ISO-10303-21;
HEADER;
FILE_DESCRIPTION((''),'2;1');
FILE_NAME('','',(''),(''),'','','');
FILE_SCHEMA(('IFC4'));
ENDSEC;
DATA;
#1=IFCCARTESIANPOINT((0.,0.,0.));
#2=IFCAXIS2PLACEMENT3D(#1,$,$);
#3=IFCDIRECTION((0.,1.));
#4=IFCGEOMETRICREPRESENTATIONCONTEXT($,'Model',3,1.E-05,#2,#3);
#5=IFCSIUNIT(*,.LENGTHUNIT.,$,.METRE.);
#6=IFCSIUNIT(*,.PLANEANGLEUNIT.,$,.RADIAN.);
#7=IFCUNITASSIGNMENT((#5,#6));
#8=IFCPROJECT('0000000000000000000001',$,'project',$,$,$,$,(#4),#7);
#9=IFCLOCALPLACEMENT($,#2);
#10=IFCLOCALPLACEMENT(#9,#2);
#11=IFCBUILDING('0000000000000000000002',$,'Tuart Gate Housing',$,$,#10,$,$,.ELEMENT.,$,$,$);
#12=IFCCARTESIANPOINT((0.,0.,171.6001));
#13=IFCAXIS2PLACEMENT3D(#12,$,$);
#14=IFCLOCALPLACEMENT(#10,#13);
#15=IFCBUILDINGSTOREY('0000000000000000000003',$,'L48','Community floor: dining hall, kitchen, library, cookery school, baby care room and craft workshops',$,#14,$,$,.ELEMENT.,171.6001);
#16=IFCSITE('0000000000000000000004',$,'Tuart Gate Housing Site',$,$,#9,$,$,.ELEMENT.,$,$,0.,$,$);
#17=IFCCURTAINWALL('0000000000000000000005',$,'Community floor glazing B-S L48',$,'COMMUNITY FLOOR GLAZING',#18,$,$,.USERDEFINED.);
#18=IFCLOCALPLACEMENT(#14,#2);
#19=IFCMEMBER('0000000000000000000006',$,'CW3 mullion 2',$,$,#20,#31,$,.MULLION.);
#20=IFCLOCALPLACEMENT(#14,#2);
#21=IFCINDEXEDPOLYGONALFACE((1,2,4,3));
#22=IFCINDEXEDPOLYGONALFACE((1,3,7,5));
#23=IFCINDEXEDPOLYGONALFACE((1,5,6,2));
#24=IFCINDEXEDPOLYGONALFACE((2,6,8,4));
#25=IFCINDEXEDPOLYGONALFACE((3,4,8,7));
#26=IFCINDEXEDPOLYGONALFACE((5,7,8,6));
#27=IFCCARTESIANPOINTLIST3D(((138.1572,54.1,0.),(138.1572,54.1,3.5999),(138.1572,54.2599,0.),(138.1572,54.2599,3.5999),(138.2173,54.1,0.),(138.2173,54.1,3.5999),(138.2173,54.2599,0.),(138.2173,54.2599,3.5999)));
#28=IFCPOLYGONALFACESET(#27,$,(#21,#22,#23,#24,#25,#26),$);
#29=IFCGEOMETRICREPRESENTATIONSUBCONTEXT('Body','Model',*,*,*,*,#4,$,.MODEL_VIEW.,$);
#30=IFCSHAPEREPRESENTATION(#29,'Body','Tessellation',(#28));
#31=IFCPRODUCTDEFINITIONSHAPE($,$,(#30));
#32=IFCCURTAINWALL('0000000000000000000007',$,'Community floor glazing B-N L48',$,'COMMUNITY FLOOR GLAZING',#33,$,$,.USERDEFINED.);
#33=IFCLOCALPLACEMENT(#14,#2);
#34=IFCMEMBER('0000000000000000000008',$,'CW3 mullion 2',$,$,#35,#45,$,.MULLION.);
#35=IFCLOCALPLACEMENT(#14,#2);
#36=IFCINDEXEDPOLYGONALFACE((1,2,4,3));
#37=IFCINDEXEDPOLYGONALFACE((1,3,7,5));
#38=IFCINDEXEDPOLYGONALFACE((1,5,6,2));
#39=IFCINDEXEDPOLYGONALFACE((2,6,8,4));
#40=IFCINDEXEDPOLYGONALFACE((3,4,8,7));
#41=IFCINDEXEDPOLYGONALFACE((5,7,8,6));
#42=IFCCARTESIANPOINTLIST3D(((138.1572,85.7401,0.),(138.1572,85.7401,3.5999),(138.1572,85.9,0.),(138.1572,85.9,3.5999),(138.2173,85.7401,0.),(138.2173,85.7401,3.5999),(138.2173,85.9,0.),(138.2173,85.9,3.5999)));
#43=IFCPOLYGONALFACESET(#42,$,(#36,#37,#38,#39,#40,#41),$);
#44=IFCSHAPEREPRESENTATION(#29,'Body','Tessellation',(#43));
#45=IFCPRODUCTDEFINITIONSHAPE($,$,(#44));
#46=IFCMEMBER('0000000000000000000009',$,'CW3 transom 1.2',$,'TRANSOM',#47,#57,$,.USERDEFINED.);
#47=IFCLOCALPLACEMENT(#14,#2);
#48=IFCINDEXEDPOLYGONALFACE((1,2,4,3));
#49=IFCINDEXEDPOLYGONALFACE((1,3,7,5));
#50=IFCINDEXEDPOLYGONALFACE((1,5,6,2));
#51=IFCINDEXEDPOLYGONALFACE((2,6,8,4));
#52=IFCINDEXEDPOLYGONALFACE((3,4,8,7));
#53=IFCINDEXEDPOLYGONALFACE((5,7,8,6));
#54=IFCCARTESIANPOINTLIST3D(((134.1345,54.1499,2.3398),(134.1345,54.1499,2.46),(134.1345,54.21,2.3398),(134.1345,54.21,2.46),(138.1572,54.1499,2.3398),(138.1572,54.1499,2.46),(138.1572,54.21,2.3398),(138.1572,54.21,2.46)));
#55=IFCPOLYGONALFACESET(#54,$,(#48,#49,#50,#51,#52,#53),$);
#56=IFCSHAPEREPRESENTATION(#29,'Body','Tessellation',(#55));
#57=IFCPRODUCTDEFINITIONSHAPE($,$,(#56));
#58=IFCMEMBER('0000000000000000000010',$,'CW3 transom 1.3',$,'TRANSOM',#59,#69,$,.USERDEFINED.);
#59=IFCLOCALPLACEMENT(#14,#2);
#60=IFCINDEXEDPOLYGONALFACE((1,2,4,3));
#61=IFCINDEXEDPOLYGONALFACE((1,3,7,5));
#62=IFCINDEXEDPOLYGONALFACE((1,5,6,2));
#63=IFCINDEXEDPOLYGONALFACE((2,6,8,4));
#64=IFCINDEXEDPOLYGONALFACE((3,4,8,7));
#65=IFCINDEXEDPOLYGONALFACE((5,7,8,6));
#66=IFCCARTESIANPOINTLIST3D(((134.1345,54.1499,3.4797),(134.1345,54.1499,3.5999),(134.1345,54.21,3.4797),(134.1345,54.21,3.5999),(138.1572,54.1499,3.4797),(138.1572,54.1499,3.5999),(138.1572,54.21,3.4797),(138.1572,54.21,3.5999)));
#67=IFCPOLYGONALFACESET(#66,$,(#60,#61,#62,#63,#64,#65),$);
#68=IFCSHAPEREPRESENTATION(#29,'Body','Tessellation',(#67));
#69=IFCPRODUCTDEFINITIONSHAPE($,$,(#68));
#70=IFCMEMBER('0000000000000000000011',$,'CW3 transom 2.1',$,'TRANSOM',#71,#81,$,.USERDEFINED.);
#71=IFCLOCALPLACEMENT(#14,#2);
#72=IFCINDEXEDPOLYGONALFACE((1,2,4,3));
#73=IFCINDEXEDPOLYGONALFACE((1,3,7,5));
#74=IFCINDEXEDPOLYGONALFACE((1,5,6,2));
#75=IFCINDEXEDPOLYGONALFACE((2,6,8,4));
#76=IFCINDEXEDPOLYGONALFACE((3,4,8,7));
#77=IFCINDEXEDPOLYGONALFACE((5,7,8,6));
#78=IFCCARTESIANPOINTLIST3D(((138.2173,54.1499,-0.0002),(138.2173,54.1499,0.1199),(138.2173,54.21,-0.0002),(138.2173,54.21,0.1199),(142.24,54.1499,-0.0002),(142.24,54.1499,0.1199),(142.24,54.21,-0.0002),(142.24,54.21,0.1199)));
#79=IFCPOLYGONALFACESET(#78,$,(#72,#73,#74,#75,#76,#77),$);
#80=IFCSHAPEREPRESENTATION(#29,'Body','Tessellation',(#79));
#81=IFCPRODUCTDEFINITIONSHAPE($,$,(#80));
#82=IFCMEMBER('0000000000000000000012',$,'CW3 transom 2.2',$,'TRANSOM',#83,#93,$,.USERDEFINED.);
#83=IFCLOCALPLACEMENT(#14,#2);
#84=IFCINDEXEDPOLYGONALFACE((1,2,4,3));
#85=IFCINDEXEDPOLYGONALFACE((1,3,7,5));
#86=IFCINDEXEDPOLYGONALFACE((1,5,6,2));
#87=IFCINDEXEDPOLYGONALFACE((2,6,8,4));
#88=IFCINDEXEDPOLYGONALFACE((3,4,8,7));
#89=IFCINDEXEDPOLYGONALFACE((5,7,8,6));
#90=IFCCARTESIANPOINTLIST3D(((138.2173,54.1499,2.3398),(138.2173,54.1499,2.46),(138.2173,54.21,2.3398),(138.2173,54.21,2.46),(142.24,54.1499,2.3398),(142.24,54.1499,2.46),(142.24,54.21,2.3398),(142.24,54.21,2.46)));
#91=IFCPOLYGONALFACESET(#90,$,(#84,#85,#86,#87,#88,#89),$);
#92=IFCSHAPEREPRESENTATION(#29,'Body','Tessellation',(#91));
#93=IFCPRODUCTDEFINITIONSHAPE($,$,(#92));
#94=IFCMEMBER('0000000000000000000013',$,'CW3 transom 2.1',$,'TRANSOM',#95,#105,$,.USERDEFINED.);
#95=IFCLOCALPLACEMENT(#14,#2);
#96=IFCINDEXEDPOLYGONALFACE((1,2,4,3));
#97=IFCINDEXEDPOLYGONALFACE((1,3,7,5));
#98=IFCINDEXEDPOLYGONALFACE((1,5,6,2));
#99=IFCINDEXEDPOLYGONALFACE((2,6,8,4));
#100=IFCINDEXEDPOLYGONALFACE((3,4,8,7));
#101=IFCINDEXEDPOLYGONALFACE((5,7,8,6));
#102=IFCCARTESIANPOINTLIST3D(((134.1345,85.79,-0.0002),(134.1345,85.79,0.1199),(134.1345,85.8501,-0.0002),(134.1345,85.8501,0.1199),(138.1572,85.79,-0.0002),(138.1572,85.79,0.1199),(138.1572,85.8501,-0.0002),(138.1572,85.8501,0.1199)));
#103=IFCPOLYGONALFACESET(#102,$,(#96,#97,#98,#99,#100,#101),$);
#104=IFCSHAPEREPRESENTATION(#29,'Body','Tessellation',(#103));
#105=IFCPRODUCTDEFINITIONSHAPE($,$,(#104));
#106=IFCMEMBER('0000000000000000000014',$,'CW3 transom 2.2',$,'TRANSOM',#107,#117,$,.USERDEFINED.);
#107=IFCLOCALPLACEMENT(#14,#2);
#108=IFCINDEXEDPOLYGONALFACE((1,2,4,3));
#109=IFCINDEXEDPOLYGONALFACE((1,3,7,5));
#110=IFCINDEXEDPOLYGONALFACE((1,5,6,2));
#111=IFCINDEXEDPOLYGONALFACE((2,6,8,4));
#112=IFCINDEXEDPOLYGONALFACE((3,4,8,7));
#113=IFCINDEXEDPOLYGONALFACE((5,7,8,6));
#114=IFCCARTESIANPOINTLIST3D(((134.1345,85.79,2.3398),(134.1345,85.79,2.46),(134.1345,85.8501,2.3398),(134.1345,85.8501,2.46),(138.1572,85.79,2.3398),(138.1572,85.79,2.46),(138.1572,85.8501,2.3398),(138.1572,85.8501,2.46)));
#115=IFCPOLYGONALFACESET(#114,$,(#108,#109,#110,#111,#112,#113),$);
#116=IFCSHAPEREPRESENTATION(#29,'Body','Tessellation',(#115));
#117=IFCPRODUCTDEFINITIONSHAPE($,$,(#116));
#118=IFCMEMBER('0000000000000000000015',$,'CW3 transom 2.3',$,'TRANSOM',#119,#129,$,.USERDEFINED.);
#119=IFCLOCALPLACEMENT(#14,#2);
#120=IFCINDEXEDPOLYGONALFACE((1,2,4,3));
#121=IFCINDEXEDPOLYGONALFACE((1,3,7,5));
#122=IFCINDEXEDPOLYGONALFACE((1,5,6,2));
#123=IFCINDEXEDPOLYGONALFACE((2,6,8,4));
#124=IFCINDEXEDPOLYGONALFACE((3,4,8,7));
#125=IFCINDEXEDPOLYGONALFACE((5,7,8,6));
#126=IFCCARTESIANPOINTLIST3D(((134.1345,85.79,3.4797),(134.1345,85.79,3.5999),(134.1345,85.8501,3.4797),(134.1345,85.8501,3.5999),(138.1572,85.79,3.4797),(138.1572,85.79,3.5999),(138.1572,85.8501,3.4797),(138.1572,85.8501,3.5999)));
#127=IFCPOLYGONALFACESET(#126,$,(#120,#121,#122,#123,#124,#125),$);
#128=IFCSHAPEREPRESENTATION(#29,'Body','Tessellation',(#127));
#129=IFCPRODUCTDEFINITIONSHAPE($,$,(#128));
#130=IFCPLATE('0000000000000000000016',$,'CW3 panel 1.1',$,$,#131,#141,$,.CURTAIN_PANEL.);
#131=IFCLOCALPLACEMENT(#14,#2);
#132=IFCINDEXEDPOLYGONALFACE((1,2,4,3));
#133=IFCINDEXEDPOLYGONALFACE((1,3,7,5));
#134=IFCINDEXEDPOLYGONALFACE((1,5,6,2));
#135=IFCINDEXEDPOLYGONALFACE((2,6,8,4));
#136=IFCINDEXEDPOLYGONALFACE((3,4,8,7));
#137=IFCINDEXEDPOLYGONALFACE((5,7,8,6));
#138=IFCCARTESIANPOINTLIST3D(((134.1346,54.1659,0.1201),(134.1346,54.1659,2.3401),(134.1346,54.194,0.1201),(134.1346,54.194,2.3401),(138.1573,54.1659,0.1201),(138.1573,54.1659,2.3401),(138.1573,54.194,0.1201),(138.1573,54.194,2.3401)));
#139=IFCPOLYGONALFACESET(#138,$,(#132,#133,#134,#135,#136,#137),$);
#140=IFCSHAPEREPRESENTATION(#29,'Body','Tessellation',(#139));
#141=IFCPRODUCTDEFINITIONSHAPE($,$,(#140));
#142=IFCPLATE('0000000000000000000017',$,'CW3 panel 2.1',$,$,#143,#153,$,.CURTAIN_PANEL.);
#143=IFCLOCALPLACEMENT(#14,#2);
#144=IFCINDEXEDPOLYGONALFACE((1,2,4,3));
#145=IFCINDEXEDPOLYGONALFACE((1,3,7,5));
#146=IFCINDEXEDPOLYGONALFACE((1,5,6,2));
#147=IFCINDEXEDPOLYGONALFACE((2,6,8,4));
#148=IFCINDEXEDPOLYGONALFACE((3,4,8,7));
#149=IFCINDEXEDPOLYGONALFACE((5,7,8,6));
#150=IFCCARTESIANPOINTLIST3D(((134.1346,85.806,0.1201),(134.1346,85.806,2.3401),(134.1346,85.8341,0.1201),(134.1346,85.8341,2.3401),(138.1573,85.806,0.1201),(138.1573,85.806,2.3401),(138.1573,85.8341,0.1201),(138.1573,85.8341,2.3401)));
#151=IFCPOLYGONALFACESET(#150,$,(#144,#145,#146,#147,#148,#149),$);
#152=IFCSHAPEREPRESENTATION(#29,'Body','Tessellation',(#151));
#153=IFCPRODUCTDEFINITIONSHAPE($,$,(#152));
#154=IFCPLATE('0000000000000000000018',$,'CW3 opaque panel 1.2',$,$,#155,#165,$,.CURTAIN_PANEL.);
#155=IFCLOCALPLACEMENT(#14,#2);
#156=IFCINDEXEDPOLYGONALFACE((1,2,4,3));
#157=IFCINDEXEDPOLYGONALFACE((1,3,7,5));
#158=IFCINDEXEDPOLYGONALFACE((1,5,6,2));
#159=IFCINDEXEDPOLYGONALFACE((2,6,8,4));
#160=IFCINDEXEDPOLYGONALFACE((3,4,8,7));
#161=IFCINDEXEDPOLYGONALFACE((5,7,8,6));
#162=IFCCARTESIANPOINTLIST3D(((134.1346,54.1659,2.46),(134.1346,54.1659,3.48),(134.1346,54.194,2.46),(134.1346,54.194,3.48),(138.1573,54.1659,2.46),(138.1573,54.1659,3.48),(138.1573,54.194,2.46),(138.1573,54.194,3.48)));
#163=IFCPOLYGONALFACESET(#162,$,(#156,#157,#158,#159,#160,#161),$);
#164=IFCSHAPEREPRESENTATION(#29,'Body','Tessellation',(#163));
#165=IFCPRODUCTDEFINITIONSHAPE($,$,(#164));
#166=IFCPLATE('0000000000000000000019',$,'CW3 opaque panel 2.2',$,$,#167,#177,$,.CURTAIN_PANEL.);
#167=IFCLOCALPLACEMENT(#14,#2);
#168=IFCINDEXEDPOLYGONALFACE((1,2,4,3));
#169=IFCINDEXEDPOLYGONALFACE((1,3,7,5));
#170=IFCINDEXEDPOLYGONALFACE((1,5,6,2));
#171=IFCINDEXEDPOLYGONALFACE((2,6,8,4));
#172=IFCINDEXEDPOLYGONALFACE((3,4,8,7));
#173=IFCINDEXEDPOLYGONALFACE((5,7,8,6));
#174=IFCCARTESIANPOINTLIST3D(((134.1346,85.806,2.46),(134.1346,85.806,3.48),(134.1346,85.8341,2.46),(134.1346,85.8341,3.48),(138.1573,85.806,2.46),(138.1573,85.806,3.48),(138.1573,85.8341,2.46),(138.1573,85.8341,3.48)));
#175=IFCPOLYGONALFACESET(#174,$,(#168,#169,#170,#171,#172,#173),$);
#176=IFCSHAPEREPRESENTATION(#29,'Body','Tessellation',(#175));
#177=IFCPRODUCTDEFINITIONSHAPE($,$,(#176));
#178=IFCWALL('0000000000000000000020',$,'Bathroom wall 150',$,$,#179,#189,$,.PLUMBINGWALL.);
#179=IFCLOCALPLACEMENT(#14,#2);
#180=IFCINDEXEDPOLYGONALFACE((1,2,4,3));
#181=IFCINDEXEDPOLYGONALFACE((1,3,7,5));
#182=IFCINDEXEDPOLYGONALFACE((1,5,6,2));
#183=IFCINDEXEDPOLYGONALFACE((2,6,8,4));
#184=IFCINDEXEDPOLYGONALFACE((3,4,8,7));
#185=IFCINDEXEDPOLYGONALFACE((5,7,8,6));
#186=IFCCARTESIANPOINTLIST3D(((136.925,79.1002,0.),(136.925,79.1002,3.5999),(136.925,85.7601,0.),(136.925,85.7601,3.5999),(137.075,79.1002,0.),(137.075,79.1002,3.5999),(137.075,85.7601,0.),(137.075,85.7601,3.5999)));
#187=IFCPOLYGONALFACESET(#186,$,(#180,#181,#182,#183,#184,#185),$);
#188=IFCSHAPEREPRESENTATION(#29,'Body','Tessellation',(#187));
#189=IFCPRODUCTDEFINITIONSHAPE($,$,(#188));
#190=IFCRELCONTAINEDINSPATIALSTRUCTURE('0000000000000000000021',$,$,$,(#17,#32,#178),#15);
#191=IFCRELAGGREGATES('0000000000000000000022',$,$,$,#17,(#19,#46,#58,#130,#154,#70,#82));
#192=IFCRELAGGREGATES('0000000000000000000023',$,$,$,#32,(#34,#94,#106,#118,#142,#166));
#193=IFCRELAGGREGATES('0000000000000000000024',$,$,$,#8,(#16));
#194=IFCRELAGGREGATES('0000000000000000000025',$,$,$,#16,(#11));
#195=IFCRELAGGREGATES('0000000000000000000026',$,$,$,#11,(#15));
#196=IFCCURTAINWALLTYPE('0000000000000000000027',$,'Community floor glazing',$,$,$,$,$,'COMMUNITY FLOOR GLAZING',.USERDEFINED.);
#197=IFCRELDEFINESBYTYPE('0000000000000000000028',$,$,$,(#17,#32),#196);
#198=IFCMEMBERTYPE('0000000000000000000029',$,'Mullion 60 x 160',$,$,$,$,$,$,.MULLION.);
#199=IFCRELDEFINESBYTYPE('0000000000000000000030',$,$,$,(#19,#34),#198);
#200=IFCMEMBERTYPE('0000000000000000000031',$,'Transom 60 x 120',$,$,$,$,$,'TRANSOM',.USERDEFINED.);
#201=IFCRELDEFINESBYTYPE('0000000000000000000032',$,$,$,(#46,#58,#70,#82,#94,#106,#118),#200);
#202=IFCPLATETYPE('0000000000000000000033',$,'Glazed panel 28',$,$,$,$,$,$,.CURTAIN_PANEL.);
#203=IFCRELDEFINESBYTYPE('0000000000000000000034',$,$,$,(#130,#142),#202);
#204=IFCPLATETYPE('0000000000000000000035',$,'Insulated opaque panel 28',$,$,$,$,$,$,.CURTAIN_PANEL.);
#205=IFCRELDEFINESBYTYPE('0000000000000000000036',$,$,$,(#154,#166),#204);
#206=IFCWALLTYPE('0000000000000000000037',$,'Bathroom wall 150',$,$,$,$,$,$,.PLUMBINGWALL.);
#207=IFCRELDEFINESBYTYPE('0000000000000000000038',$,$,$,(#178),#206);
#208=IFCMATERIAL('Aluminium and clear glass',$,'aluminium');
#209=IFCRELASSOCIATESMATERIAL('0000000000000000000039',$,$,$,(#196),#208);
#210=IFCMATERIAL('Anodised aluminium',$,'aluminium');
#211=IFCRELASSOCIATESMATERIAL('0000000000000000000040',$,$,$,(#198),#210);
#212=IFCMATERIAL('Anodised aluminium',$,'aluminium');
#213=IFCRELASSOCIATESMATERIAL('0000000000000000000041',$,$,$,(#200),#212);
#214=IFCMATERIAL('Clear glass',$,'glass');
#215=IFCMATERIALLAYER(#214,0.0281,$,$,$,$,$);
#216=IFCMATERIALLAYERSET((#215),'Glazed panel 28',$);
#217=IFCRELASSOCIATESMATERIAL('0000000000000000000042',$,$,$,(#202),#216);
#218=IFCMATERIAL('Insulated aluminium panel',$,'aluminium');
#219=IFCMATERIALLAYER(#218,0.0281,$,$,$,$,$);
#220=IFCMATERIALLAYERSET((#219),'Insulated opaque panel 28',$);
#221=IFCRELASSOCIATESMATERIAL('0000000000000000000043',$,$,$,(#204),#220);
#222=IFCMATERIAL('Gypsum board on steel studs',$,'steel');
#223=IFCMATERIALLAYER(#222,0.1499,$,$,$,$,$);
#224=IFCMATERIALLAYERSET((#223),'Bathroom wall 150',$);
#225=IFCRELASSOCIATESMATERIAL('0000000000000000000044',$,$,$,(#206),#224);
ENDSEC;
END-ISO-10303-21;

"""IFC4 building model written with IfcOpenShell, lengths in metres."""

from ifc_helpers import new_model, si_unit, direction, frame, frame_2d, origin, origin_2d, place, context, subcontext, project, spatial, rectangle, extrude, material, layer, layer_set, material_profile, profile_set, type_object, element, aggregate, save


model = new_model("IFC4")

# Units and contexts
model_context = context("Model", 3, precision=1e-05, world=origin(), true_north=direction((0.0, 1.0)))
body_context = subcontext(model_context, "Body", "Model", "MODEL_VIEW")
ifc_project = project(units=[si_unit("LENGTHUNIT", "METRE"), si_unit("PLANEANGLEUNIT", "RADIAN")], contexts=[model_context])

# Site, building, storey
site_placement = place(None, origin())
site = spatial("IfcSite", under=ifc_project, at=site_placement, Name="Tuart Gate Housing Site", CompositionType="ELEMENT", RefElevation=0.0)
building_placement = place(site_placement, origin())
building = spatial("IfcBuilding", under=site, at=building_placement, Name="Tuart Gate Housing", CompositionType="ELEMENT")
storey_placement = place(building_placement, frame((0.0, 0.0, 171.6001)))
storey = spatial("IfcBuildingStorey", under=building, at=storey_placement, Name="L48", Description="Community floor: dining hall, kitchen, library, cookery school, baby care room and craft workshops", CompositionType="ELEMENT", Elevation=171.6001)

# Curtain walls, members
ifc_material_1 = material(Name="Aluminium and clear glass", Category="aluminium")
curtain_wall_type = type_object("IfcCurtainWallType", Name="Community floor glazing", ElementType="COMMUNITY FLOOR GLAZING", PredefinedType="USERDEFINED", material=ifc_material_1)
curtain_wall_1_placement = place(storey_placement, origin())
curtain_wall_1 = element("IfcCurtainWall", 1, at=curtain_wall_1_placement, inside=storey, type_object=curtain_wall_type, Name="Community floor glazing B-S L48", ObjectType="COMMUNITY FLOOR GLAZING", PredefinedType="USERDEFINED")
ifc_material_2 = material(Name="Anodised aluminium", Category="aluminium")
ifc_material_profile_1 = material_profile(ifc_material_2, rectangle(XDim=0.0601, YDim=0.1599, at=origin_2d()), Name="60x160")
ifc_profile_set_1 = profile_set([ifc_material_profile_1], Name="Anodised aluminium")
member_type_1 = type_object("IfcMemberType", Name="Mullion 60 x 160", PredefinedType="MULLION", material=ifc_profile_set_1)
member_1_placement = place(storey_placement, frame((138.1873, 54.1799, 0.0), z_axis=(0.0, 0.0, 1.0), x_axis=(1.0, 0.0, 0.0)))
member_1 = element("IfcMember", 2, at=member_1_placement, type_object=member_type_1, Name="CW3 mullion 2", PredefinedType="MULLION", context=body_context, shape_type="SweptSolid", body=[
    extrude(rectangle(XDim=0.0601, YDim=0.1599, at=origin_2d()), origin(), (0.0, 0.0, 1.0), 3.5999),
])
curtain_wall_2_placement = place(storey_placement, origin())
curtain_wall_2 = element("IfcCurtainWall", 3, at=curtain_wall_2_placement, inside=storey, type_object=curtain_wall_type, Name="Community floor glazing B-N L48", ObjectType="COMMUNITY FLOOR GLAZING", PredefinedType="USERDEFINED")
member_2_placement = place(storey_placement, frame((138.1873, 85.8201, 0.0), z_axis=(0.0, 0.0, 1.0), x_axis=(-1.0, 0.0, 0.0)))
member_2 = element("IfcMember", 4, at=member_2_placement, type_object=member_type_1, Name="CW3 mullion 2", PredefinedType="MULLION", context=body_context, shape_type="SweptSolid", body=[
    extrude(rectangle(XDim=0.0601, YDim=0.1599, at=origin_2d()), origin(), (0.0, 0.0, 1.0), 3.5999),
])

# Members
ifc_material_3 = material(Name="Anodised aluminium", Category="aluminium")
ifc_material_profile_2 = material_profile(ifc_material_3, rectangle(XDim=0.0601, YDim=0.1201, at=origin_2d()), Name="60x120")
ifc_profile_set_2 = profile_set([ifc_material_profile_2], Name="Anodised aluminium")
member_type_2 = type_object("IfcMemberType", Name="Transom 60 x 120", ElementType="TRANSOM", PredefinedType="USERDEFINED", material=ifc_profile_set_2)
member_3_placement = place(storey_placement, frame((134.1345, 54.1799, 2.3999), z_axis=(1.0, 0.0, 0.0), x_axis=(0.0, 1.0, 0.0)))
member_3 = element("IfcMember", 5, at=member_3_placement, type_object=member_type_2, Name="CW3 transom 1.2", ObjectType="TRANSOM", PredefinedType="USERDEFINED", context=body_context, shape_type="SweptSolid", body=[
    extrude(rectangle(XDim=0.0601, YDim=0.1201, at=origin_2d()), origin(), (0.0, 0.0, 1.0), 4.0227),
])
member_4_placement = place(storey_placement, frame((134.1345, 54.1799, 3.5398), z_axis=(1.0, 0.0, 0.0), x_axis=(0.0, 1.0, 0.0)))
member_4 = element("IfcMember", 6, at=member_4_placement, type_object=member_type_2, Name="CW3 transom 1.3", ObjectType="TRANSOM", PredefinedType="USERDEFINED", context=body_context, shape_type="SweptSolid", body=[
    extrude(rectangle(XDim=0.0601, YDim=0.1201, at=origin_2d()), origin(), (0.0, 0.0, 1.0), 4.0227),
])
member_5_placement = place(storey_placement, frame((138.2173, 54.1799, 0.0598), z_axis=(1.0, 0.0, 0.0), x_axis=(0.0, 1.0, 0.0)))
member_5 = element("IfcMember", 7, at=member_5_placement, type_object=member_type_2, Name="CW3 transom 2.1", ObjectType="TRANSOM", PredefinedType="USERDEFINED", context=body_context, shape_type="SweptSolid", body=[
    extrude(rectangle(XDim=0.0601, YDim=0.1201, at=origin_2d()), origin(), (0.0, 0.0, 1.0), 4.0227),
])
member_6_placement = place(storey_placement, frame((138.2173, 54.1799, 2.3999), z_axis=(1.0, 0.0, 0.0), x_axis=(0.0, 1.0, 0.0)))
member_6 = element("IfcMember", 8, at=member_6_placement, type_object=member_type_2, Name="CW3 transom 2.2", ObjectType="TRANSOM", PredefinedType="USERDEFINED", context=body_context, shape_type="SweptSolid", body=[
    extrude(rectangle(XDim=0.0601, YDim=0.1201, at=origin_2d()), origin(), (0.0, 0.0, 1.0), 4.0227),
])
member_7_placement = place(storey_placement, frame((138.1572, 85.8201, 0.0598), z_axis=(-1.0, 0.0, 0.0), x_axis=(0.0, -1.0, 0.0)))
member_7 = element("IfcMember", 9, at=member_7_placement, type_object=member_type_2, Name="CW3 transom 2.1", ObjectType="TRANSOM", PredefinedType="USERDEFINED", context=body_context, shape_type="SweptSolid", body=[
    extrude(rectangle(XDim=0.0601, YDim=0.1201, at=origin_2d()), origin(), (0.0, 0.0, 1.0), 4.0227),
])
member_8_placement = place(storey_placement, frame((138.1572, 85.8201, 2.3999), z_axis=(-1.0, 0.0, 0.0), x_axis=(0.0, -1.0, 0.0)))
member_8 = element("IfcMember", 10, at=member_8_placement, type_object=member_type_2, Name="CW3 transom 2.2", ObjectType="TRANSOM", PredefinedType="USERDEFINED", context=body_context, shape_type="SweptSolid", body=[
    extrude(rectangle(XDim=0.0601, YDim=0.1201, at=origin_2d()), origin(), (0.0, 0.0, 1.0), 4.0227),
])
member_9_placement = place(storey_placement, frame((138.1572, 85.8201, 3.5398), z_axis=(-1.0, 0.0, 0.0), x_axis=(0.0, -1.0, 0.0)))
member_9 = element("IfcMember", 11, at=member_9_placement, type_object=member_type_2, Name="CW3 transom 2.3", ObjectType="TRANSOM", PredefinedType="USERDEFINED", context=body_context, shape_type="SweptSolid", body=[
    extrude(rectangle(XDim=0.0601, YDim=0.1201, at=origin_2d()), origin(), (0.0, 0.0, 1.0), 4.0227),
])

# Plates
ifc_material_4 = material(Name="Clear glass", Category="glass")
ifc_layer_1 = layer(ifc_material_4, 0.0281)
ifc_layer_set_1 = layer_set([ifc_layer_1], Name="Glazed panel 28")
plate_type_1 = type_object("IfcPlateType", Name="Glazed panel 28", PredefinedType="CURTAIN_PANEL", material=ifc_layer_set_1)
plate_1_placement = place(storey_placement, frame((136.146, 54.1799, 0.1201), z_axis=(0.0, 0.0, 1.0), x_axis=(1.0, 0.0, 0.0)))
plate_1 = element("IfcPlate", 12, at=plate_1_placement, type_object=plate_type_1, Name="CW3 panel 1.1", PredefinedType="CURTAIN_PANEL", context=body_context, shape_type="SweptSolid", body=[
    extrude(rectangle(XDim=4.0227, YDim=0.0281, at=origin_2d()), origin(), (0.0, 0.0, 1.0), 2.22),
])
plate_2_placement = place(storey_placement, frame((136.146, 85.8201, 0.1201), z_axis=(0.0, 0.0, 1.0), x_axis=(-1.0, 0.0, 0.0)))
plate_2 = element("IfcPlate", 13, at=plate_2_placement, type_object=plate_type_1, Name="CW3 panel 2.1", PredefinedType="CURTAIN_PANEL", context=body_context, shape_type="SweptSolid", body=[
    extrude(rectangle(XDim=4.0227, YDim=0.0281, at=origin_2d()), origin(), (0.0, 0.0, 1.0), 2.22),
])
ifc_material_5 = material(Name="Insulated aluminium panel", Category="aluminium")
ifc_layer_2 = layer(ifc_material_5, 0.0281)
ifc_layer_set_2 = layer_set([ifc_layer_2], Name="Insulated opaque panel 28")
plate_type_2 = type_object("IfcPlateType", Name="Insulated opaque panel 28", PredefinedType="CURTAIN_PANEL", material=ifc_layer_set_2)
plate_3_placement = place(storey_placement, frame((136.146, 54.1799, 2.46), z_axis=(0.0, 0.0, 1.0), x_axis=(1.0, 0.0, 0.0)))
plate_3 = element("IfcPlate", 14, at=plate_3_placement, type_object=plate_type_2, Name="CW3 opaque panel 1.2", PredefinedType="CURTAIN_PANEL", context=body_context, shape_type="SweptSolid", body=[
    extrude(rectangle(XDim=4.0227, YDim=0.0281, at=origin_2d()), origin(), (0.0, 0.0, 1.0), 1.02),
])
aggregate(curtain_wall_1, [member_1, member_3, member_4, plate_1, plate_3, member_5, member_6])
plate_4_placement = place(storey_placement, frame((136.146, 85.8201, 2.46), z_axis=(0.0, 0.0, 1.0), x_axis=(-1.0, 0.0, 0.0)))
plate_4 = element("IfcPlate", 15, at=plate_4_placement, type_object=plate_type_2, Name="CW3 opaque panel 2.2", PredefinedType="CURTAIN_PANEL", context=body_context, shape_type="SweptSolid", body=[
    extrude(rectangle(XDim=4.0227, YDim=0.0281, at=origin_2d()), origin(), (0.0, 0.0, 1.0), 1.02),
])
aggregate(curtain_wall_2, [member_2, member_7, member_8, member_9, plate_2, plate_4])

# Wall
ifc_material_6 = material(Name="Gypsum board on steel studs", Category="steel")
ifc_layer_3 = layer(ifc_material_6, 0.1499)
ifc_layer_set_3 = layer_set([ifc_layer_3], Name="Bathroom wall 150")
wall_type_1 = type_object("IfcWallType", Name="Bathroom wall 150", PredefinedType="PLUMBINGWALL", material=ifc_layer_set_3)
wall_1_placement = place(storey_placement, frame((137.0, 79.1001, 0.0), z_axis=(0.0, 0.0, 1.0), x_axis=(0.0, 1.0, 0.0)))
element("IfcWall", 16, at=wall_1_placement, inside=storey, type_object=wall_type_1, Name="Bathroom wall 150", PredefinedType="PLUMBINGWALL", context=body_context, shape_type="SweptSolid", body=[
    extrude(rectangle(XDim=6.6599, YDim=0.1499, at=frame_2d((3.3301, 0.0))), origin(), (0.0, 0.0, 1.0), 3.5999),
])

save(model, "model.ifc")
